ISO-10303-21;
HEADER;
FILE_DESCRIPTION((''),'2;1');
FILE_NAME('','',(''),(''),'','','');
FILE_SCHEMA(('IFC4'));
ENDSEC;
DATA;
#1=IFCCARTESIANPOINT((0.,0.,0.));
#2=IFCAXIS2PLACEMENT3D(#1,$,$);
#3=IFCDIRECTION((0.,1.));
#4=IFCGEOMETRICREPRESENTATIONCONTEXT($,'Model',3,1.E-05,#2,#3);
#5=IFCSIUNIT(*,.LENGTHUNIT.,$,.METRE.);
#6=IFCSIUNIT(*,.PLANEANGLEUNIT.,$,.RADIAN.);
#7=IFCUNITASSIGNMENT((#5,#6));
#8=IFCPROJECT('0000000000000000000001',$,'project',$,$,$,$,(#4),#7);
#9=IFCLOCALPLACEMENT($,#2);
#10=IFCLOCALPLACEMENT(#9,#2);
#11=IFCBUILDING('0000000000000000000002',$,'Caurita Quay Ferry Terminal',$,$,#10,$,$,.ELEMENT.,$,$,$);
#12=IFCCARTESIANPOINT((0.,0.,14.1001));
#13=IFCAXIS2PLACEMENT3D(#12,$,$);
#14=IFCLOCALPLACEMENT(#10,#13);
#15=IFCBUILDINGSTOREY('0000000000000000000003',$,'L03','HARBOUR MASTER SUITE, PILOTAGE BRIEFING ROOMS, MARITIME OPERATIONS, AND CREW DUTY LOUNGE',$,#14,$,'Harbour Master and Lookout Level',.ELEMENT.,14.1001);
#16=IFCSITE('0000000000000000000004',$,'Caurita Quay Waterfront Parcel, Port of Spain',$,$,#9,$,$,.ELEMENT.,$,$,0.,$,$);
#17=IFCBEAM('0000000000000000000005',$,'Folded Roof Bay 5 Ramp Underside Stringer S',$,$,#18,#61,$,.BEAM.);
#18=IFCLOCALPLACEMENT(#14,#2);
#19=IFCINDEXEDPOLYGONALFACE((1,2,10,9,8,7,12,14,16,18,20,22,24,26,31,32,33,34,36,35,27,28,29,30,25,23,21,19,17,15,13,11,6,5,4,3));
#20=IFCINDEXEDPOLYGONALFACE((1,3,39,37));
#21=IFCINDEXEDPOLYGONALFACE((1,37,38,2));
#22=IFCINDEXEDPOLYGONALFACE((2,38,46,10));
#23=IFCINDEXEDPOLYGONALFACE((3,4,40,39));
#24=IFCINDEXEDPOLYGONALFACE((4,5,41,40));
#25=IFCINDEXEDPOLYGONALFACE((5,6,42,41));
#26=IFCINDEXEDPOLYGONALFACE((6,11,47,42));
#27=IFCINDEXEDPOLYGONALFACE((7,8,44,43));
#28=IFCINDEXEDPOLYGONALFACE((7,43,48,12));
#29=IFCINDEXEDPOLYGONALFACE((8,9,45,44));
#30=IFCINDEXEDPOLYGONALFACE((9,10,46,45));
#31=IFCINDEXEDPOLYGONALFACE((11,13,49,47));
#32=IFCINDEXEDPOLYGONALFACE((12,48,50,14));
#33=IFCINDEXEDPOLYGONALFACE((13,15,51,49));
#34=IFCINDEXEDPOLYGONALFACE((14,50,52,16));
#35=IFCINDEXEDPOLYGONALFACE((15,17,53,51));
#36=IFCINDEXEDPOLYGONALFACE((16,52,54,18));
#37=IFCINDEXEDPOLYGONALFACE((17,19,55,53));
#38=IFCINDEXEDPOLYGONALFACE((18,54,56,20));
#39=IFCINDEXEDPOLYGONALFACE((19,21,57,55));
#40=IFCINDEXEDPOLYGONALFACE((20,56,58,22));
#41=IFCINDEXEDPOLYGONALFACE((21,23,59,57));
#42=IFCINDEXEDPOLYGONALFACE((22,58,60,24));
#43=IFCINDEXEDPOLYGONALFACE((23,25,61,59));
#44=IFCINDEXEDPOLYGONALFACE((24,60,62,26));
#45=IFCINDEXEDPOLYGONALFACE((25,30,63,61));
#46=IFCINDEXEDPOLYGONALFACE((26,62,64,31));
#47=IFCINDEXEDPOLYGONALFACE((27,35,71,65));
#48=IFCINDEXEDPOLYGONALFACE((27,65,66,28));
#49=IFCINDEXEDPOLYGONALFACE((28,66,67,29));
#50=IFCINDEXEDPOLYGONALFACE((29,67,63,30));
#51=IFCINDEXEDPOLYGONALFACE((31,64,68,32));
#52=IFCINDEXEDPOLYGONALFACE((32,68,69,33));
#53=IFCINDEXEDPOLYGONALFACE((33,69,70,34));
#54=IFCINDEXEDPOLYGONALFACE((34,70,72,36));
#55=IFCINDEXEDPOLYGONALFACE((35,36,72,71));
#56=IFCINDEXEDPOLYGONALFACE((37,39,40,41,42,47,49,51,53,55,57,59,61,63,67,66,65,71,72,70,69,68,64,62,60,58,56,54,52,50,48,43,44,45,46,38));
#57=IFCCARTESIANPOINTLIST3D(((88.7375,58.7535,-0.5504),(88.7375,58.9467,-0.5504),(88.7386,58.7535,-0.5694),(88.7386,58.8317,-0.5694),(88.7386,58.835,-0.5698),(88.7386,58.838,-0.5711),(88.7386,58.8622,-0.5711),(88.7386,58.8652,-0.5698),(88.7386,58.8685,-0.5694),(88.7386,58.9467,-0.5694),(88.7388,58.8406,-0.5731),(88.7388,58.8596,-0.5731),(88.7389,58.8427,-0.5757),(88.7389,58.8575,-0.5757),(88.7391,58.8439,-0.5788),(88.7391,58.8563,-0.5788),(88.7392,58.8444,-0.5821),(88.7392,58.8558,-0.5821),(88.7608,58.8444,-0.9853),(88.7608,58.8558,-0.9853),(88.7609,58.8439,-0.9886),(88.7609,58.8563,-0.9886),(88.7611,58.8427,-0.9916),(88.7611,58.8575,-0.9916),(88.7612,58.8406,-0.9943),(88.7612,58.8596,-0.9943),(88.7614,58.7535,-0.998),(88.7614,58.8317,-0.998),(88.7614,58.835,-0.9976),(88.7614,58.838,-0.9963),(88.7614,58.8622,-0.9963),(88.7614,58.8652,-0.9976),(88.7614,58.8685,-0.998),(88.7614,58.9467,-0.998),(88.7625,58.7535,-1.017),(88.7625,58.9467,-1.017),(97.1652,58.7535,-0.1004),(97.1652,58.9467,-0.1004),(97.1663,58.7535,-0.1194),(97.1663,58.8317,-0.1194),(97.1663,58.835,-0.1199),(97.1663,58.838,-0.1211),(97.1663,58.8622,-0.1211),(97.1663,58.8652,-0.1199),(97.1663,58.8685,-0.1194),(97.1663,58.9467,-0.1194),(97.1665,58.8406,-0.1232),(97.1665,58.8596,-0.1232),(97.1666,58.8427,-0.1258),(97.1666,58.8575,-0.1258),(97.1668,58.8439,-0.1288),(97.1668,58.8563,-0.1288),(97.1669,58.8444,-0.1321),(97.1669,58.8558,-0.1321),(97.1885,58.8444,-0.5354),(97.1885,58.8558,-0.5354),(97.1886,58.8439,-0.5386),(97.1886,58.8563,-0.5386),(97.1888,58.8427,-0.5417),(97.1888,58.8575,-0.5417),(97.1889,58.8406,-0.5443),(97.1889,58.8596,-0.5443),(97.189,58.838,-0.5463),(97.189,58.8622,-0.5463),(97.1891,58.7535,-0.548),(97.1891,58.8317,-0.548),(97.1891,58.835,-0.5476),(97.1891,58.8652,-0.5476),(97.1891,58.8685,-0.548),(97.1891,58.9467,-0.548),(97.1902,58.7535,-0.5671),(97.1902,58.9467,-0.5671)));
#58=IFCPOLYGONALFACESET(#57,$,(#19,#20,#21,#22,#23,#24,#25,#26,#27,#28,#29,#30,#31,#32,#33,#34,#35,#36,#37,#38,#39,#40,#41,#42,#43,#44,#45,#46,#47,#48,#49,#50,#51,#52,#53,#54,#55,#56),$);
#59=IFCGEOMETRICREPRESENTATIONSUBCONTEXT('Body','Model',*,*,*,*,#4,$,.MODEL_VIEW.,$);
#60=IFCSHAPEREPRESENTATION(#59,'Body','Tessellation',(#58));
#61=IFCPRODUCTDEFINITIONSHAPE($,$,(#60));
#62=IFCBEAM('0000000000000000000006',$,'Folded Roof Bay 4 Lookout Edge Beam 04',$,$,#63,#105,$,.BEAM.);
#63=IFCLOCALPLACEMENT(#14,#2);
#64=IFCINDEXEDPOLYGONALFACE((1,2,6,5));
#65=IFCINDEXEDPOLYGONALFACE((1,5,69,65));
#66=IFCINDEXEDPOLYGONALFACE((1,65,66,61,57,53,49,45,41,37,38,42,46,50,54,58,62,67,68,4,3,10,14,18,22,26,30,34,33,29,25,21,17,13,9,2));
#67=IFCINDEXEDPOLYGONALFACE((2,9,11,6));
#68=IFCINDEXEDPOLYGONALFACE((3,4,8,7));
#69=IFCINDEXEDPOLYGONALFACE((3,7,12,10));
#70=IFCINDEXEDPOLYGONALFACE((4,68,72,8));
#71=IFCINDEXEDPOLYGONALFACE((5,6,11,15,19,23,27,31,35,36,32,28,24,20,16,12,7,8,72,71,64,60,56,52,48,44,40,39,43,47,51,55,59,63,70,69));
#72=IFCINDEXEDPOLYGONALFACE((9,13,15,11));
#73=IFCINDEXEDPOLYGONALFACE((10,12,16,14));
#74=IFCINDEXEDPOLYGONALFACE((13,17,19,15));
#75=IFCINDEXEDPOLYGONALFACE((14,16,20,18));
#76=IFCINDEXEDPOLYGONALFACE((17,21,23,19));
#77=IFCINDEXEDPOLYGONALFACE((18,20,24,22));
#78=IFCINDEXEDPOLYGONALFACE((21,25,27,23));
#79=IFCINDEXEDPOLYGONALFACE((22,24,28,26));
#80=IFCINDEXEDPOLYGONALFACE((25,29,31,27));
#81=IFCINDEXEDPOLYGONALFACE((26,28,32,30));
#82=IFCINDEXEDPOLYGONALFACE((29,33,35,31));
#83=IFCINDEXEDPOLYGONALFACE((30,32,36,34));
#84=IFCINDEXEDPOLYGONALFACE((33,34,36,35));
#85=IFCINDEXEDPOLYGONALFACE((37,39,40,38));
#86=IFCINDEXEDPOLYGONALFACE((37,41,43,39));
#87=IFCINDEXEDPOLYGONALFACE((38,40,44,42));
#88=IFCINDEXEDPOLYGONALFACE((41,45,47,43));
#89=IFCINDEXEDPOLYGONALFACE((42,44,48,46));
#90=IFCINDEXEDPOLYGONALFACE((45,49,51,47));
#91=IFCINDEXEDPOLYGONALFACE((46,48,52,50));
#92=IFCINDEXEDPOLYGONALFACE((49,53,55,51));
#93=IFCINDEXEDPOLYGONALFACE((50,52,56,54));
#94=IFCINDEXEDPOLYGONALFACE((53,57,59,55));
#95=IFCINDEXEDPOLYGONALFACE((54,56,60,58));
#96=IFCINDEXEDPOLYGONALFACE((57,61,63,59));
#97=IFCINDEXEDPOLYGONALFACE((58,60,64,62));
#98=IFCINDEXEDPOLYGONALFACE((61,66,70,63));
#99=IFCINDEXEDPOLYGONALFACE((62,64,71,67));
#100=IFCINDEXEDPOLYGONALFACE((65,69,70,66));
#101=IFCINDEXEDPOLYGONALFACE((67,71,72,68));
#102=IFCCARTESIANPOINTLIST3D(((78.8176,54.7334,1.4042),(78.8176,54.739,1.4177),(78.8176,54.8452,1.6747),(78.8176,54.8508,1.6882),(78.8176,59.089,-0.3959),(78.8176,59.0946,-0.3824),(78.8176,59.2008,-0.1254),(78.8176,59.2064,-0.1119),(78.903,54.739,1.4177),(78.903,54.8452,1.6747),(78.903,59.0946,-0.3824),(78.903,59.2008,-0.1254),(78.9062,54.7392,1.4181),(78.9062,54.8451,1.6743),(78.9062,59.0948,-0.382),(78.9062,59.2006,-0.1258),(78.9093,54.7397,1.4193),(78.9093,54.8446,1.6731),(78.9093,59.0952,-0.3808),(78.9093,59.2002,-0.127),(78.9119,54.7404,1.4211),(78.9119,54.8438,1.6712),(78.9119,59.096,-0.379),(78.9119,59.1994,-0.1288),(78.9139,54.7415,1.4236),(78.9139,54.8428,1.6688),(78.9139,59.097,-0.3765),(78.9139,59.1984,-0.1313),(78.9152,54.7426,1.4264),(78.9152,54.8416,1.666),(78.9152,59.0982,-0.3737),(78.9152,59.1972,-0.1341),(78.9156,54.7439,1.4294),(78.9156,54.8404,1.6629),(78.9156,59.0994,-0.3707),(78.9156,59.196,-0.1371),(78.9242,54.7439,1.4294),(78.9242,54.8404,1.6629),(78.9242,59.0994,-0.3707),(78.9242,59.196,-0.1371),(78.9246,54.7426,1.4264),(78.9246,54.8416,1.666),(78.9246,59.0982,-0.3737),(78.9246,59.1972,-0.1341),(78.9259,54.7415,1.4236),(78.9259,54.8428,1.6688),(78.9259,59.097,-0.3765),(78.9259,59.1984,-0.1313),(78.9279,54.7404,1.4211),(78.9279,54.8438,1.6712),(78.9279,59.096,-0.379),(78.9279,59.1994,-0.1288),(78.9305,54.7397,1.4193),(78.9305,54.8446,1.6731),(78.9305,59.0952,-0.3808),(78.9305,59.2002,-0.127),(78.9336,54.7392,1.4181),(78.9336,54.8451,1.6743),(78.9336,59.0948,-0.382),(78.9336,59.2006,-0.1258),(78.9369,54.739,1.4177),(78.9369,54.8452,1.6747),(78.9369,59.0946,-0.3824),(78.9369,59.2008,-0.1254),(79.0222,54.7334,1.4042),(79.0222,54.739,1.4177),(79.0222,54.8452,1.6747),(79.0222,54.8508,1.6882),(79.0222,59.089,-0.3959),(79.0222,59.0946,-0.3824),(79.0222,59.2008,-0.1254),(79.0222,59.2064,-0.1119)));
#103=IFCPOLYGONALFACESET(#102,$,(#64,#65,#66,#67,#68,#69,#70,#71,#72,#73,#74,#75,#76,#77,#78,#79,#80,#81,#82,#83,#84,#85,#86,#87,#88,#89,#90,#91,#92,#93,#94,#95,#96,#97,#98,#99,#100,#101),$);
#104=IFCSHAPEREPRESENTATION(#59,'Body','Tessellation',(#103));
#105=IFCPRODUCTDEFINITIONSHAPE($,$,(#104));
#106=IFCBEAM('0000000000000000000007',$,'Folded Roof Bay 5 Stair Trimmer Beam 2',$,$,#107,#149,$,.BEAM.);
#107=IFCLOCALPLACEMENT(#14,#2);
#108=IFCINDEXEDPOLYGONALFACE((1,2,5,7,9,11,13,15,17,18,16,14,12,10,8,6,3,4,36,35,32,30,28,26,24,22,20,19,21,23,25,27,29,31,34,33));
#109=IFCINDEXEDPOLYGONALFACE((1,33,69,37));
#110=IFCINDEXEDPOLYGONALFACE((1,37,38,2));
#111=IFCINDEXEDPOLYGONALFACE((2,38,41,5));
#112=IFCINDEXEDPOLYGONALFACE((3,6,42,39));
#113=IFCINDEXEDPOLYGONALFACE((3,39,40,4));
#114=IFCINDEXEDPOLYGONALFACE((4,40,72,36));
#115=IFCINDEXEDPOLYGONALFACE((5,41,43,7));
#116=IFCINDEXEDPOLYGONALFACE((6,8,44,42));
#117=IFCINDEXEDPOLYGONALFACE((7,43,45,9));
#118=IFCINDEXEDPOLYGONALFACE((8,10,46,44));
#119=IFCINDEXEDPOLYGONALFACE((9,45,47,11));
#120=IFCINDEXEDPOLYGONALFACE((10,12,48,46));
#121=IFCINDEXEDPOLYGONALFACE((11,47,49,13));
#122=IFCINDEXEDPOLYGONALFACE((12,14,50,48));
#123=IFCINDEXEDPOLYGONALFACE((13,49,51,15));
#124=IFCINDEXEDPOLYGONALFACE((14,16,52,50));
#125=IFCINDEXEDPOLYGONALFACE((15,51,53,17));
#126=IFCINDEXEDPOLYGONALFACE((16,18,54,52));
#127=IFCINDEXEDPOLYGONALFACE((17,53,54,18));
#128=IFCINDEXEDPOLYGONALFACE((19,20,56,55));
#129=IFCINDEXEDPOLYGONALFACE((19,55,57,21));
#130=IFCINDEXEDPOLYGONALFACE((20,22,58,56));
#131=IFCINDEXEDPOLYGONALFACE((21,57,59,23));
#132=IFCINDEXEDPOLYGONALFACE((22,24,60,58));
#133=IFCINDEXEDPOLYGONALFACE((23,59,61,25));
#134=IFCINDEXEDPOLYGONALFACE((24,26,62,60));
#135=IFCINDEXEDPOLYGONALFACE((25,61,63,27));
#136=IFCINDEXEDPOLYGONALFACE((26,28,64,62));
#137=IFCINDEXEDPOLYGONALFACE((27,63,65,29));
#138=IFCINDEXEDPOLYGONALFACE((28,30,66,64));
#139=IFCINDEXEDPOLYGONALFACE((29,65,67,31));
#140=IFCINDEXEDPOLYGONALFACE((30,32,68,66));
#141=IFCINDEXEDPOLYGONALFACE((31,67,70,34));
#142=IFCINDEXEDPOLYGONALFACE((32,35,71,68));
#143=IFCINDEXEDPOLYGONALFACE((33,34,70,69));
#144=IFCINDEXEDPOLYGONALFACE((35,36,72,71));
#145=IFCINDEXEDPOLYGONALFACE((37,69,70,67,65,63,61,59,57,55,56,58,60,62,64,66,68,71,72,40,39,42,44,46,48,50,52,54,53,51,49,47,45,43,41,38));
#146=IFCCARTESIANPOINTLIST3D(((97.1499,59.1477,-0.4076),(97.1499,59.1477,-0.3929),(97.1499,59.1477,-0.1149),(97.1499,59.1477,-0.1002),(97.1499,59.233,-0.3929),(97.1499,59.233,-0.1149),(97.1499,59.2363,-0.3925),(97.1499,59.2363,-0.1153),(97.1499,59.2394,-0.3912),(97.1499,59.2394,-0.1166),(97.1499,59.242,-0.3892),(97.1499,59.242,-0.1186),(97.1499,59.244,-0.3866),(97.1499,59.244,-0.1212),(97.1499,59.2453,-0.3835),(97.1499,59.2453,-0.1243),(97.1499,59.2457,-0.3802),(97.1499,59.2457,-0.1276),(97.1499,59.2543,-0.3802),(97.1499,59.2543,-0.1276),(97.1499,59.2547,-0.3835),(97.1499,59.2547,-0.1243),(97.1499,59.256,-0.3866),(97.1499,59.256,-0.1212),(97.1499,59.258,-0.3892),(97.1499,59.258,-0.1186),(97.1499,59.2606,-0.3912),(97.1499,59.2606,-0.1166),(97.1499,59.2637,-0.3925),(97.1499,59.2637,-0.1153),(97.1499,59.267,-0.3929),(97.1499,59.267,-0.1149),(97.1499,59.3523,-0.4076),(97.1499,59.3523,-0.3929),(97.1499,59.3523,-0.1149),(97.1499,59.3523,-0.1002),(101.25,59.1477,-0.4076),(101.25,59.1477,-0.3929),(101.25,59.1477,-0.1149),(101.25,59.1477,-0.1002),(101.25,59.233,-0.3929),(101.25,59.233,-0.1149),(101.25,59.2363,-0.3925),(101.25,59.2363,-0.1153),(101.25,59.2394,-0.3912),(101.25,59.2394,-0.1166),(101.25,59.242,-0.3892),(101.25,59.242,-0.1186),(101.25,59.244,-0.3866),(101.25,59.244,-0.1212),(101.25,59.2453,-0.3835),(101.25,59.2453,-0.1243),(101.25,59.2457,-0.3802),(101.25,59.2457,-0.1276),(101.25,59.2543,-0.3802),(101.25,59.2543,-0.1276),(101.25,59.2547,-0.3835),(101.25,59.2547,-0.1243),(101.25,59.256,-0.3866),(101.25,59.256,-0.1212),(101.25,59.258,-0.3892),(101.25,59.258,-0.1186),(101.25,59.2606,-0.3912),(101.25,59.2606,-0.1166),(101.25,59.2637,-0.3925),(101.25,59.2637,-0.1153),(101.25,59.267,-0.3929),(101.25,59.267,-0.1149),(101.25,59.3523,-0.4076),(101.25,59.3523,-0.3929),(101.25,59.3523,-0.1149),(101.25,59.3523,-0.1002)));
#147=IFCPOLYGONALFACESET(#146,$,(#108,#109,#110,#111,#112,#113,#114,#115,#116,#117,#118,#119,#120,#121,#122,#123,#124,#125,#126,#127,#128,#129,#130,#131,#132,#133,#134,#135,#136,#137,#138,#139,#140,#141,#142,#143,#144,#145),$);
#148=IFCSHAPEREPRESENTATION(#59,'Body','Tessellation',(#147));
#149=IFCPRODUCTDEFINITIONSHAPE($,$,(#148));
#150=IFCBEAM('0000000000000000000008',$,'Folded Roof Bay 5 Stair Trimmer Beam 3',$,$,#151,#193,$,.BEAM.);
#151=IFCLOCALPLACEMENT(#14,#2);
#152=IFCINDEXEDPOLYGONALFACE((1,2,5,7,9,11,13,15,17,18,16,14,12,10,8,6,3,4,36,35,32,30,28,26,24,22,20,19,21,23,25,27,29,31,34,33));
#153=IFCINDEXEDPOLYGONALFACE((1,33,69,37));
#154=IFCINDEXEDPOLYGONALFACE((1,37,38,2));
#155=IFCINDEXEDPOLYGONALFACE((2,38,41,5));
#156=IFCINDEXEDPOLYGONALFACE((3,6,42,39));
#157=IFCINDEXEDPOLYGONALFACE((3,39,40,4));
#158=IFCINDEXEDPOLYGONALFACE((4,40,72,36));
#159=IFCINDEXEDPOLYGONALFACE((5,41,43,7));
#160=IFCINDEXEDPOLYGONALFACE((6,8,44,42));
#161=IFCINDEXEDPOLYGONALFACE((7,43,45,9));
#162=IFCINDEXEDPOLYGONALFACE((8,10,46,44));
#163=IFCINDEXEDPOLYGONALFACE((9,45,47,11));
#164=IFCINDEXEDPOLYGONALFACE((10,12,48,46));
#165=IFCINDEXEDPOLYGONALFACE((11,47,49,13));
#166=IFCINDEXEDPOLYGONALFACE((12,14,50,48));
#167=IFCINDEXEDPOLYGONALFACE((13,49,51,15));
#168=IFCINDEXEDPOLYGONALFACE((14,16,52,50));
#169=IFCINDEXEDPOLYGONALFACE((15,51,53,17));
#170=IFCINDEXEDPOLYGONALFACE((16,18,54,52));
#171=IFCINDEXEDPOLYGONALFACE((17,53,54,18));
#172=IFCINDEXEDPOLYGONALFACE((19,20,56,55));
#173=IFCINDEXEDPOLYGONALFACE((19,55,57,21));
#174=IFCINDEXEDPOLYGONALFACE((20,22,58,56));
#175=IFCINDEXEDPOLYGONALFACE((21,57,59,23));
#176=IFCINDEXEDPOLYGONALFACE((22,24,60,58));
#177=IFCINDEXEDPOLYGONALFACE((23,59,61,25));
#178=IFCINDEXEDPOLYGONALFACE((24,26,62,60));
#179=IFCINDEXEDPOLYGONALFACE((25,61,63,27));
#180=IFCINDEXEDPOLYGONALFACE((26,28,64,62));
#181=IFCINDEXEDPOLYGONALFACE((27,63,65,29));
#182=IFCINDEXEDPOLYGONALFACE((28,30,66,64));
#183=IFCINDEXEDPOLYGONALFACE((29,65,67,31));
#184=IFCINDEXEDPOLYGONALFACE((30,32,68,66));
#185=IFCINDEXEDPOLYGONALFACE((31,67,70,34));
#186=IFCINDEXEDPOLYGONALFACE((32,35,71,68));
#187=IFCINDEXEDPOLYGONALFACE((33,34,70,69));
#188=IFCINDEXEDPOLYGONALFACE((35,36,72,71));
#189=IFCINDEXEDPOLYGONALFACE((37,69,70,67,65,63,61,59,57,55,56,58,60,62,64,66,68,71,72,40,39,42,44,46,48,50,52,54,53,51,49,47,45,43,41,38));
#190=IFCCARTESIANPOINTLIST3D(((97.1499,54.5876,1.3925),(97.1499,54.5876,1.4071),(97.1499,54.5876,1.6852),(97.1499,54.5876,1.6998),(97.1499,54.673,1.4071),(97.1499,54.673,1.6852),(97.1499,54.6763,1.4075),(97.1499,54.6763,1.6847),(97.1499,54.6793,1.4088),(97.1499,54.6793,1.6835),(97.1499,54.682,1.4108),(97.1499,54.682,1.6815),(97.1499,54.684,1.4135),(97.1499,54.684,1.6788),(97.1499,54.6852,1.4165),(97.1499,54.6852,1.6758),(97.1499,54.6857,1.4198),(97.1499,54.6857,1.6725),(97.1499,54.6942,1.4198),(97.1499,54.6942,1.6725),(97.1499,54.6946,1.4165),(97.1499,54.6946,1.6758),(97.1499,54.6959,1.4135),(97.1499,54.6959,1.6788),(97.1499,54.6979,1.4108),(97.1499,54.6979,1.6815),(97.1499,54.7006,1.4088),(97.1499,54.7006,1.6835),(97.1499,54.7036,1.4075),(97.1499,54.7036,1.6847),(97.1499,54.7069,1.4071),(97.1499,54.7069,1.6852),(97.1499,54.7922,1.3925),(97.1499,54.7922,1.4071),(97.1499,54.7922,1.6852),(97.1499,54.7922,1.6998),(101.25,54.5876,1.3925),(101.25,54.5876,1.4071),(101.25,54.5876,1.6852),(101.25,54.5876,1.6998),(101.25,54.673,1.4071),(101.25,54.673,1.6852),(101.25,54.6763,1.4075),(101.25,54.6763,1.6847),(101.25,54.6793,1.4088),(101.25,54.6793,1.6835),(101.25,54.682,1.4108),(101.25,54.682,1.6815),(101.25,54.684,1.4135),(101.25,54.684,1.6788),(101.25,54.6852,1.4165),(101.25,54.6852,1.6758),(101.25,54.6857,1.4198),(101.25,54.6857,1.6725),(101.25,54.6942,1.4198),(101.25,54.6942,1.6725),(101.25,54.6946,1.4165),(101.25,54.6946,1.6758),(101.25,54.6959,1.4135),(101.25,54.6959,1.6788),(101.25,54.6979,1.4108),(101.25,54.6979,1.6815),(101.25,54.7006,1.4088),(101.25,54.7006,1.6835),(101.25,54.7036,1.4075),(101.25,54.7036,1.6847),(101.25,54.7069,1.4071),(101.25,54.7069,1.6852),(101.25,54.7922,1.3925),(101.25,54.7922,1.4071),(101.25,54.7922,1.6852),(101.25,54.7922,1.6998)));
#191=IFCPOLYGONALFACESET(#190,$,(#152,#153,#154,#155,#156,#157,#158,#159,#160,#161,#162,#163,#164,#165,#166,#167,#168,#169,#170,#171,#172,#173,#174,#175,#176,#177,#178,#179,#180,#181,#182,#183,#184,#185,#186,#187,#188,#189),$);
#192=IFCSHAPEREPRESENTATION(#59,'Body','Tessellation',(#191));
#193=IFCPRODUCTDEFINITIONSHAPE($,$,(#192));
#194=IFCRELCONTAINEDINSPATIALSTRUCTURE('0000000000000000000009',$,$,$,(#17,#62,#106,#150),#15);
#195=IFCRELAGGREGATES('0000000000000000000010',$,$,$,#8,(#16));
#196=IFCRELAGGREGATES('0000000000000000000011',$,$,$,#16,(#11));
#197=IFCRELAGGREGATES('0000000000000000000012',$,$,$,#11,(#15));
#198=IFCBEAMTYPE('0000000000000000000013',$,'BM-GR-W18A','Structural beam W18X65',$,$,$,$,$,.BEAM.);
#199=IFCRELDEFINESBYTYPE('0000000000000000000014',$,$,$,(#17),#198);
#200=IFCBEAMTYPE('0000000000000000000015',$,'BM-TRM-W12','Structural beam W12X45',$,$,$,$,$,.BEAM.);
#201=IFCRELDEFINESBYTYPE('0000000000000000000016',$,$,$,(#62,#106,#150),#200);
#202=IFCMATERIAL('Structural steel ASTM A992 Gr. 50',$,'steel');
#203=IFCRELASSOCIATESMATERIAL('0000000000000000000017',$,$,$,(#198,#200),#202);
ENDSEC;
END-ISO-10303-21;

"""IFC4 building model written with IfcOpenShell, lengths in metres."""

from ifc_helpers import new_model, si_unit, direction, frame, origin, origin_2d, place, context, subcontext, project, spatial, i_section, extrude, material, material_profile, profile_set, type_object, element, save


model = new_model("IFC4")

# Units and contexts
model_context = context("Model", 3, precision=1e-05, world=origin(), true_north=direction((0.0, 1.0)))
body_context = subcontext(model_context, "Body", "Model", "MODEL_VIEW")
ifc_project = project(units=[si_unit("LENGTHUNIT", "METRE"), si_unit("PLANEANGLEUNIT", "RADIAN")], contexts=[model_context])

# Site, building, storey
site_placement = place(None, origin())
site = spatial("IfcSite", under=ifc_project, at=site_placement, Name="Caurita Quay Waterfront Parcel, Port of Spain", CompositionType="ELEMENT", RefElevation=0.0)
building_placement = place(site_placement, origin())
building = spatial("IfcBuilding", under=site, at=building_placement, Name="Caurita Quay Ferry Terminal", CompositionType="ELEMENT")
storey_placement = place(building_placement, frame((0.0, 0.0, 14.1001)))
storey = spatial("IfcBuildingStorey", under=building, at=storey_placement, Name="L03", Description="HARBOUR MASTER SUITE, PILOTAGE BRIEFING ROOMS, MARITIME OPERATIONS, AND CREW DUTY LOUNGE", LongName="Harbour Master and Lookout Level", CompositionType="ELEMENT", Elevation=14.1001)

# Beams
ifc_material_1 = material(Name="Structural steel ASTM A992 Gr. 50", Category="steel")
ifc_material_profile_1 = material_profile(ifc_material_1, i_section(OverallWidth=0.1931, OverallDepth=0.4673, WebThickness=0.0115, FlangeThickness=0.019, FilletRadius=0.0127, at=origin_2d()), Name="W18X65")
ifc_profile_set_1 = profile_set([ifc_material_profile_1], Name="Structural steel ASTM A992 Gr. 50")
beam_type_1 = type_object("IfcBeamType", Name="BM-GR-W18A", Description="Structural beam W18X65", PredefinedType="BEAM", material=ifc_profile_set_1)
beam_1_placement = place(storey_placement, frame((88.75, 58.8501, -0.7837), z_axis=(0.998578, 0.0, 0.053313), x_axis=(0.0, 1.0, 0.0)))
element("IfcBeam", 1, at=beam_1_placement, inside=storey, type_object=beam_type_1, Name="Folded Roof Bay 5 Ramp Underside Stringer S", PredefinedType="BEAM", context=body_context, shape_type="SweptSolid", body=[
    extrude(i_section(OverallWidth=0.1931, OverallDepth=0.4673, WebThickness=0.0115, FlangeThickness=0.019, FilletRadius=0.0127, at=origin_2d()), origin(), (0.0, 0.0, 1.0), 8.4397),
])
ifc_material_profile_2 = material_profile(ifc_material_1, i_section(OverallWidth=0.2046, OverallDepth=0.3074, WebThickness=0.0085, FlangeThickness=0.0146, FilletRadius=0.0127, at=origin_2d()), Name="W12X45")
ifc_profile_set_2 = profile_set([ifc_material_profile_2], Name="Structural steel ASTM A992 Gr. 50")
beam_type_2 = type_object("IfcBeamType", Name="BM-TRM-W12", Description="Structural beam W12X45", PredefinedType="BEAM", material=ifc_profile_set_2)
beam_2_placement = place(storey_placement, frame((78.9199, 59.1477, -0.2539), z_axis=(0.0, -0.924183, 0.381951), x_axis=(1.0, 0.0, 0.0)))
element("IfcBeam", 2, at=beam_2_placement, inside=storey, type_object=beam_type_2, Name="Folded Roof Bay 4 Lookout Edge Beam 04", PredefinedType="BEAM", context=body_context, shape_type="SweptSolid", body=[
    extrude(i_section(OverallWidth=0.2046, OverallDepth=0.3074, WebThickness=0.0085, FlangeThickness=0.0146, FilletRadius=0.0127, at=origin_2d()), origin(), (0.0, 0.0, 1.0), 4.7129),
])
for number, where, z_axis, x_axis, name in (
    (3, (97.1499, 59.25, -0.2539), (1.0, 0.0, 0.0), (0.0, 1.0, 0.0), "Folded Roof Bay 5 Stair Trimmer Beam 2"),
    (4, (97.1499, 54.6899, 1.5461), (1.0, 0.0, 0.0), (0.0, 1.0, 0.0), "Folded Roof Bay 5 Stair Trimmer Beam 3"),
):
    element("IfcBeam", number, at=place(storey_placement, frame(where, z_axis=z_axis, x_axis=x_axis)), inside=storey, type_object=beam_type_2, Name=name, PredefinedType="BEAM", context=body_context, shape_type="SweptSolid", body=[
        extrude(i_section(OverallWidth=0.2046, OverallDepth=0.3074, WebThickness=0.0085, FlangeThickness=0.0146, FilletRadius=0.0127, at=origin_2d()), origin(), (0.0, 0.0, 1.0), 4.1001),
    ])

save(model, "model.ifc")
